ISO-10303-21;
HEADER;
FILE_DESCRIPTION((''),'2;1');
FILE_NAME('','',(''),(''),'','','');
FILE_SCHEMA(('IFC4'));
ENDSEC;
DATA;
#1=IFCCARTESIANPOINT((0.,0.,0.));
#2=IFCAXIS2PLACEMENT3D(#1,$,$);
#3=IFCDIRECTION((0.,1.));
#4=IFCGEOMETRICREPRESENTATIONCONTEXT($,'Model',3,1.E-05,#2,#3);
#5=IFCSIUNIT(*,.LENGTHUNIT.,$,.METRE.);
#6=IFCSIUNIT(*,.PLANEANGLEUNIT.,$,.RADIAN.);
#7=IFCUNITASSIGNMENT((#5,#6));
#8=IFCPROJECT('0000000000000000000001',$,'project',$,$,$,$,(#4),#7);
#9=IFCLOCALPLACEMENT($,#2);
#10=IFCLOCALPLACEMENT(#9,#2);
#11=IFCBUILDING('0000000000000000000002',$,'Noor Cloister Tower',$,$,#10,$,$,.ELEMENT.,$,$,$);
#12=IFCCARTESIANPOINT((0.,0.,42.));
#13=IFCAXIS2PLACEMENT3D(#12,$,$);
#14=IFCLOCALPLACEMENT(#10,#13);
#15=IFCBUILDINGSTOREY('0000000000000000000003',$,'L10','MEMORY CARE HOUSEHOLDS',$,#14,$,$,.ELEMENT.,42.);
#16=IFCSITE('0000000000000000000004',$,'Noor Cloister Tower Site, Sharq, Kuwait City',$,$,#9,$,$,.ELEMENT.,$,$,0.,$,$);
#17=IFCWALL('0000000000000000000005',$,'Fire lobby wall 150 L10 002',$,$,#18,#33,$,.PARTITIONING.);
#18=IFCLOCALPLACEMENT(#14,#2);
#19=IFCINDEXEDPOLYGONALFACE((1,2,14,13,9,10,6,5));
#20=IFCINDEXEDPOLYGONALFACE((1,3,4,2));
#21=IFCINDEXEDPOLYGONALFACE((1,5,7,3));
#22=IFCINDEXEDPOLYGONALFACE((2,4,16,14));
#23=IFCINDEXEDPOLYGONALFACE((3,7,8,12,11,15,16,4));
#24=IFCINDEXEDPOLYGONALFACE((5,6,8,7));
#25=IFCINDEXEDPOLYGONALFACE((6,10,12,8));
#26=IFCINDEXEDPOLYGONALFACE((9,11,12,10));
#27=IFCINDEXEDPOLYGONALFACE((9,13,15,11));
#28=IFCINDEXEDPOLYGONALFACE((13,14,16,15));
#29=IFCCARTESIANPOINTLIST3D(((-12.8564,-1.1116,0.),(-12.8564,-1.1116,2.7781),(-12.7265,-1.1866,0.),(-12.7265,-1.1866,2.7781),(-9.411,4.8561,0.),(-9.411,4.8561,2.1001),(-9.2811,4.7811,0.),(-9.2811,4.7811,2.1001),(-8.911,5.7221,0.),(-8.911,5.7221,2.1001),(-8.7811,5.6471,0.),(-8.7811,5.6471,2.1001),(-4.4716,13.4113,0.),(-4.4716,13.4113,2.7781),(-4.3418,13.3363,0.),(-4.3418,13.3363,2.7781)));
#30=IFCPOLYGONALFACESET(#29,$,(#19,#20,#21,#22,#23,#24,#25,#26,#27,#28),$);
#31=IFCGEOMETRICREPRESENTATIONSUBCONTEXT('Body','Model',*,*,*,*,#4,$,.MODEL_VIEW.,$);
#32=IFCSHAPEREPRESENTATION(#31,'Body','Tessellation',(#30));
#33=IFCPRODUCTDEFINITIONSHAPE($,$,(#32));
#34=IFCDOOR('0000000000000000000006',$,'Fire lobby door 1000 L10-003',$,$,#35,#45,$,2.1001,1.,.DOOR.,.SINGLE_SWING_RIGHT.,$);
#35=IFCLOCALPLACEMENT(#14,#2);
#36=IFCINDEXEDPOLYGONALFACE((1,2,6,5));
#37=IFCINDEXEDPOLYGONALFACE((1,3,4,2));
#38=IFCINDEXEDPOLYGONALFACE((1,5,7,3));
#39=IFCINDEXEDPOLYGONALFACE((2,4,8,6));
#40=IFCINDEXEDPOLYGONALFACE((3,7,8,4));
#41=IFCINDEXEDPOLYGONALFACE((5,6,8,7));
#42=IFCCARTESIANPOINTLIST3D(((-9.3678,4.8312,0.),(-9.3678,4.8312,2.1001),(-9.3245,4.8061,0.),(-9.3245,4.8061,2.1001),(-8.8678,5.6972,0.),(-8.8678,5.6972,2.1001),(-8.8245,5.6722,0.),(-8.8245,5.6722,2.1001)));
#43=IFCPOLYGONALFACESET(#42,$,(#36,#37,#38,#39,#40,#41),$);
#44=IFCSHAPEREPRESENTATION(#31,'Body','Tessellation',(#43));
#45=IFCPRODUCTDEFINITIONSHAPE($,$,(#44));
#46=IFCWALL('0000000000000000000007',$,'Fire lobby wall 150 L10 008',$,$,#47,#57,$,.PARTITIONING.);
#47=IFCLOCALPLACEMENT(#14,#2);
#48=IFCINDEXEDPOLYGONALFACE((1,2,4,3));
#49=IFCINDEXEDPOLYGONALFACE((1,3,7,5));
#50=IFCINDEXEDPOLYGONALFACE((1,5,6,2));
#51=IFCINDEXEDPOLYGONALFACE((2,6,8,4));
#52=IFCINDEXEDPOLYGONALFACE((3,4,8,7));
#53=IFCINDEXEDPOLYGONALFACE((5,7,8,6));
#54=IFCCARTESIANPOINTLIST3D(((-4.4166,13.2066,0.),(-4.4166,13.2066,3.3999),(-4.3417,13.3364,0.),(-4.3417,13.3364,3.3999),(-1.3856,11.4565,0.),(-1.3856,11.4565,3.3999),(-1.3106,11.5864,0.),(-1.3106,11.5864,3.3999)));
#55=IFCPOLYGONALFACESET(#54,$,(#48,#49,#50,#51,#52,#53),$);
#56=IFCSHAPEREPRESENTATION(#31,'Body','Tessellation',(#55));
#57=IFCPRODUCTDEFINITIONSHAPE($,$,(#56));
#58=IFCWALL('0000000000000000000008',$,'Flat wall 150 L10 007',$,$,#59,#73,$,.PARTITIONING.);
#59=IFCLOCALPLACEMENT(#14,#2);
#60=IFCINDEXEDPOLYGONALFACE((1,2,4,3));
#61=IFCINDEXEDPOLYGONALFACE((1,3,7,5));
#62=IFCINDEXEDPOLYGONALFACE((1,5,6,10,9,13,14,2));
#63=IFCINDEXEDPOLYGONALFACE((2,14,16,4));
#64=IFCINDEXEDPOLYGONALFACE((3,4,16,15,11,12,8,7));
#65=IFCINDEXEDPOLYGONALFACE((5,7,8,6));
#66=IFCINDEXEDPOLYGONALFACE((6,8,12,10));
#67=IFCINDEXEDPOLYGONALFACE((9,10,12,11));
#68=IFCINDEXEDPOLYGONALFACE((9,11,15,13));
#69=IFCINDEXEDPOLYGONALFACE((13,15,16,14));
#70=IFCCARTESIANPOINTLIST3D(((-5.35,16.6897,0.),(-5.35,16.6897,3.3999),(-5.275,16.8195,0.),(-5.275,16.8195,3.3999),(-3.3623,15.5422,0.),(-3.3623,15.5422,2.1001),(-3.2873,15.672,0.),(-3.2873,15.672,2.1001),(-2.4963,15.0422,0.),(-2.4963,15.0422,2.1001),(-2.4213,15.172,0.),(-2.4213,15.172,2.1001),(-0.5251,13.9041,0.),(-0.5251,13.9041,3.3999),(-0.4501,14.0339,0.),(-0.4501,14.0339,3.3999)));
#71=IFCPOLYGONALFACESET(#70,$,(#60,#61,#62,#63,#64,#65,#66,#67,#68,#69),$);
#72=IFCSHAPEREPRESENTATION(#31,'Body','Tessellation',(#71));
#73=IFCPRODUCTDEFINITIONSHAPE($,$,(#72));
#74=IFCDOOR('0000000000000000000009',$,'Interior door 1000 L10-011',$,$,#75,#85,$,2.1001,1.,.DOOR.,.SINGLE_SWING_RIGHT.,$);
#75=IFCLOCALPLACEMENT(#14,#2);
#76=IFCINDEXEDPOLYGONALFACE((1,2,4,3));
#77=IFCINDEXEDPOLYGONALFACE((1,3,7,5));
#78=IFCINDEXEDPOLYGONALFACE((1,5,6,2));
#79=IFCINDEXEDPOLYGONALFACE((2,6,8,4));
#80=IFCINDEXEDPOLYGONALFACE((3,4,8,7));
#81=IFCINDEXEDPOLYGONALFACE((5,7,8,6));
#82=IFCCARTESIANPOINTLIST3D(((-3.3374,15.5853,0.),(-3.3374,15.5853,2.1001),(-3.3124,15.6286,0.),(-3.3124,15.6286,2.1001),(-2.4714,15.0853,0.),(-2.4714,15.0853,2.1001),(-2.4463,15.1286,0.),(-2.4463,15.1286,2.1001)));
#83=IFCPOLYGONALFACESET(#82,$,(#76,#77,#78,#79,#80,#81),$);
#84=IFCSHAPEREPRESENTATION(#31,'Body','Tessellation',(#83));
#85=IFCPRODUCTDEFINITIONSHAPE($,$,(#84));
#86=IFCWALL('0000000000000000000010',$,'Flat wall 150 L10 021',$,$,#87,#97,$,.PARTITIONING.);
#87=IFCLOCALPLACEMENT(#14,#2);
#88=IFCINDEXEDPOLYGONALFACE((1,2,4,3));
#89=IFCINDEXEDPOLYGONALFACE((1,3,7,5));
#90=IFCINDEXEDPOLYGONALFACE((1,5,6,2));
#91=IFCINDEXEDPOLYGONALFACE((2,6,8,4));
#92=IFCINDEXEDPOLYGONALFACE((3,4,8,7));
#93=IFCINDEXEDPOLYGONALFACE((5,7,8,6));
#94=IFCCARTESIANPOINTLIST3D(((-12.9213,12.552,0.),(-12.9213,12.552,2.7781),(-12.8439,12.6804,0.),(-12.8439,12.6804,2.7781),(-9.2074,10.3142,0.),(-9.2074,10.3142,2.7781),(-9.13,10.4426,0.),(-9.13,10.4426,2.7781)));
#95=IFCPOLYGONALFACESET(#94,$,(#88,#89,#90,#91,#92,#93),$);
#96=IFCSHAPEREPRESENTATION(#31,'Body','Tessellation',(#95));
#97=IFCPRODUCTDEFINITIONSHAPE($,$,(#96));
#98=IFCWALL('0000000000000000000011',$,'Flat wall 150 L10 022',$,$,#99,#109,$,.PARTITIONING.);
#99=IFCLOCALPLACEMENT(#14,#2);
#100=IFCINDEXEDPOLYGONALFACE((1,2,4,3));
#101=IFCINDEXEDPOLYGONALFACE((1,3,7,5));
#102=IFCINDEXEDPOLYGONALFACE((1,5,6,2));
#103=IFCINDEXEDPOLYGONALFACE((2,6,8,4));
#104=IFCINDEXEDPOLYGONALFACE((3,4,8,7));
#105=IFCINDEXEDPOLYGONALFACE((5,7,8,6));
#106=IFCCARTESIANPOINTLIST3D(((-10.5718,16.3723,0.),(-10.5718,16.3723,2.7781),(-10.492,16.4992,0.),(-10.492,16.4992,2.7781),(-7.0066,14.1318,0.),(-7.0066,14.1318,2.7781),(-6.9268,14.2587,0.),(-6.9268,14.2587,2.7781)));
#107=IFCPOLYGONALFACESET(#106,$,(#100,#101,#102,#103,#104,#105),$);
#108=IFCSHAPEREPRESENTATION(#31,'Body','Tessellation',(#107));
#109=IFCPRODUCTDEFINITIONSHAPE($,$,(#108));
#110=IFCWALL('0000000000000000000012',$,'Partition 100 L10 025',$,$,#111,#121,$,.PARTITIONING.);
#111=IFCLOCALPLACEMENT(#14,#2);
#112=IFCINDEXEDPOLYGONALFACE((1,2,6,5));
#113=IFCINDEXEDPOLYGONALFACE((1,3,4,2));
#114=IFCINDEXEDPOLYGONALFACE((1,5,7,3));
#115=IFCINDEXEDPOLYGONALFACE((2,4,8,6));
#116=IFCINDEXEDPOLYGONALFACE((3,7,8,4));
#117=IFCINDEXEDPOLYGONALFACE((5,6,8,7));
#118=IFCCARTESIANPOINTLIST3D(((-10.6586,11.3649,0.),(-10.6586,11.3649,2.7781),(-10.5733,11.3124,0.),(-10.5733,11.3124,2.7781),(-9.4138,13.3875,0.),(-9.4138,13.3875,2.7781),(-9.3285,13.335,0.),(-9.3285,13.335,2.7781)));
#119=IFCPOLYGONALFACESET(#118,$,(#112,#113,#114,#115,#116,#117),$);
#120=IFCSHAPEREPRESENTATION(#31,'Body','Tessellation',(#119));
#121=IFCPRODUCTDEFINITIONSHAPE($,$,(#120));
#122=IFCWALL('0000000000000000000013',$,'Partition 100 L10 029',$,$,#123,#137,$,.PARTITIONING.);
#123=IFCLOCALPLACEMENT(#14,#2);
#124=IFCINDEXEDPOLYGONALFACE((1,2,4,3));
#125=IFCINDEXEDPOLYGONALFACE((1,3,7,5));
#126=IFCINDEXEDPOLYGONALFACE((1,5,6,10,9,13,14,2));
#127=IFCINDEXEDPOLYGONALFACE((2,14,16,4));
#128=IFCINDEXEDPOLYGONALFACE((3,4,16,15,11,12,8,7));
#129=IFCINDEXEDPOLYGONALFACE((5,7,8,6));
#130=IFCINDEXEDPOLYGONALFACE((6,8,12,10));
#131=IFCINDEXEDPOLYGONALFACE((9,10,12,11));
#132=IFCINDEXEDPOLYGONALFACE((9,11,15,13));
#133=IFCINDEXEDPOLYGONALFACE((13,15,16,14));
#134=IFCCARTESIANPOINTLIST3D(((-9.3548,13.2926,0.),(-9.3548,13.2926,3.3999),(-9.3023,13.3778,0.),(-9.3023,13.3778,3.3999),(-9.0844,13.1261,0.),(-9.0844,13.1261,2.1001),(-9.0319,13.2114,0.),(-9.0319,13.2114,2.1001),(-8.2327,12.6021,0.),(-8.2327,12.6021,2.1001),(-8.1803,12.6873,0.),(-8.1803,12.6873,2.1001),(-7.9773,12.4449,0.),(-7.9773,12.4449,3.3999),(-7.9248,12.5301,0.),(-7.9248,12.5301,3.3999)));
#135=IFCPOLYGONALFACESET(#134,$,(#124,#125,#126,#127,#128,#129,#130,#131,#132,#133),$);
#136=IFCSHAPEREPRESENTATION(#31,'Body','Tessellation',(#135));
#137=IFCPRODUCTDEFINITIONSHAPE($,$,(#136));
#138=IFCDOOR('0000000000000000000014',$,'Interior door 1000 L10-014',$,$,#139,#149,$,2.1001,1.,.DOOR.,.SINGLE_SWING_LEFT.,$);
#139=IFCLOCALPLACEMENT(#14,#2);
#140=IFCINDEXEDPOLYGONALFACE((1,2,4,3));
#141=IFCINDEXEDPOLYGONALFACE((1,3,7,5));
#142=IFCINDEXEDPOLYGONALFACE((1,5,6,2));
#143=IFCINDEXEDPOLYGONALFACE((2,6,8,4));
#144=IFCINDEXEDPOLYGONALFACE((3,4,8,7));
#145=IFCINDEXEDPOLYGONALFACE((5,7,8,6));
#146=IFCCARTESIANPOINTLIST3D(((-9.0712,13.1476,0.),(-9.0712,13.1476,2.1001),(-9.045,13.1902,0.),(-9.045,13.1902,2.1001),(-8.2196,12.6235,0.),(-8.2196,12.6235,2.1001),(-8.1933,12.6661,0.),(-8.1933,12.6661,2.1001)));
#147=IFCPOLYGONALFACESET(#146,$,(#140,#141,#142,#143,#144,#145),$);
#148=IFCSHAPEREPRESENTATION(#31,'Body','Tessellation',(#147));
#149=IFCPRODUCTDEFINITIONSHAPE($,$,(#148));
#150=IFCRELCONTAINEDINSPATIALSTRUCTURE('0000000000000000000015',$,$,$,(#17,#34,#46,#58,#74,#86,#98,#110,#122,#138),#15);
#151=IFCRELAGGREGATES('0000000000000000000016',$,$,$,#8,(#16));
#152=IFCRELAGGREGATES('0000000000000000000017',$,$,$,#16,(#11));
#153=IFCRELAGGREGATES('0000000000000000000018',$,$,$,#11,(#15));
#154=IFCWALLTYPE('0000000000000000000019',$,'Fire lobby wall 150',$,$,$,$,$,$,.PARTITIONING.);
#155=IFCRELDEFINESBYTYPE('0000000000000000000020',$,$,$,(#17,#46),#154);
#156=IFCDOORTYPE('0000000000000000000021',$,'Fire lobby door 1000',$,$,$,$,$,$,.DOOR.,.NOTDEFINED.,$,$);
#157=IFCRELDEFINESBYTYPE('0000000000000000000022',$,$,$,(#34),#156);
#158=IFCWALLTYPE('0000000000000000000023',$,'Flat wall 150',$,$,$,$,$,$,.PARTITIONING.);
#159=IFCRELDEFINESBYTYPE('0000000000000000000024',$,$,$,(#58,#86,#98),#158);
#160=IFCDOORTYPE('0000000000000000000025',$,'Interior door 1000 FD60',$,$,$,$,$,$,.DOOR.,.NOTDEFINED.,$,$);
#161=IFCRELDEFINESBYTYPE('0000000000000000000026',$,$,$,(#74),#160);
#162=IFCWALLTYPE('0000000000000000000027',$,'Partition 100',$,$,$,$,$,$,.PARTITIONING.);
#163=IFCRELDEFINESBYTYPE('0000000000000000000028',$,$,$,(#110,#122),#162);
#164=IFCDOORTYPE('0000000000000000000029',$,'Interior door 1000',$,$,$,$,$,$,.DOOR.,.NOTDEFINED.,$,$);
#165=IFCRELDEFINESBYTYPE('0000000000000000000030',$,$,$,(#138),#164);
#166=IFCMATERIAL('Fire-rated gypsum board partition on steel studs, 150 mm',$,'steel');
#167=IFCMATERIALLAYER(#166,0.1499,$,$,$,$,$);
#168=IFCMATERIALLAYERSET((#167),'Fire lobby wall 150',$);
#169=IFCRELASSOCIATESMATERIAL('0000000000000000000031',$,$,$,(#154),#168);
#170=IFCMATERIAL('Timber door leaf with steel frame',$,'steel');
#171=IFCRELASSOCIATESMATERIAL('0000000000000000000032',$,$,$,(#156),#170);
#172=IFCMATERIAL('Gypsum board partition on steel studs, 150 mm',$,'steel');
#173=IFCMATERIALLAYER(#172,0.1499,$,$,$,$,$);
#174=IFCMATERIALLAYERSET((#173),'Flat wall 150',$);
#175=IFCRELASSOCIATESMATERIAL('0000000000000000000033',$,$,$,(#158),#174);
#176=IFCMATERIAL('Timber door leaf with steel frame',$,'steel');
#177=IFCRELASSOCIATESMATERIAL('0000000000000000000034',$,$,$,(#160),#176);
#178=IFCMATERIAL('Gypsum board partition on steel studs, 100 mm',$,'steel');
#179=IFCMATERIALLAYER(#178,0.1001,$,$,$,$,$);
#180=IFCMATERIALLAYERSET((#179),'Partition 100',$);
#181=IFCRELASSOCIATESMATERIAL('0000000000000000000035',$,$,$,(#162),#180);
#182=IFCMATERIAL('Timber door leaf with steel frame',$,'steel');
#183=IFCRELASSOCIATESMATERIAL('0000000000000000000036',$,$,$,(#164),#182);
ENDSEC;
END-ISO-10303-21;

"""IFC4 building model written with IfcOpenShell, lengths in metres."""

from ifc_helpers import new_model, si_unit, direction, frame, frame_2d, origin, place, context, subcontext, project, spatial, rectangle, extrude, material, layer, layer_set, type_object, element, fill, save


model = new_model("IFC4")

# Units and contexts
model_context = context("Model", 3, precision=1e-05, world=origin(), true_north=direction((0.0, 1.0)))
body_context = subcontext(model_context, "Body", "Model", "MODEL_VIEW")
ifc_project = project(units=[si_unit("LENGTHUNIT", "METRE"), si_unit("PLANEANGLEUNIT", "RADIAN")], contexts=[model_context])

# Site, building, storey
site_placement = place(None, origin())
site = spatial("IfcSite", under=ifc_project, at=site_placement, Name="Noor Cloister Tower Site, Sharq, Kuwait City", CompositionType="ELEMENT", RefElevation=0.0)
building_placement = place(site_placement, origin())
building = spatial("IfcBuilding", under=site, at=building_placement, Name="Noor Cloister Tower", CompositionType="ELEMENT")
storey_placement = place(building_placement, frame((0.0, 0.0, 42.0)))
storey = spatial("IfcBuildingStorey", under=building, at=storey_placement, Name="L10", Description="MEMORY CARE HOUSEHOLDS", CompositionType="ELEMENT", Elevation=42.0)

# Wall, opening, door
ifc_material_1 = material(Name="Fire-rated gypsum board partition on steel studs, 150 mm", Category="steel")
ifc_layer_1 = layer(ifc_material_1, 0.1499)
ifc_layer_set_1 = layer_set([ifc_layer_1], Name="Fire lobby wall 150")
wall_type_1 = type_object("IfcWallType", Name="Fire lobby wall 150", PredefinedType="PARTITIONING", material=ifc_layer_set_1)
wall_1_placement = place(storey_placement, frame((-4.4067, 13.3738, 0.0), z_axis=(0.0, 0.0, 1.0), x_axis=(-0.499997, -0.866027, 0.0)))
wall_1 = element("IfcWall", 1, at=wall_1_placement, inside=storey, type_object=wall_type_1, Name="Fire lobby wall 150 L10 002", PredefinedType="PARTITIONING", context=body_context, shape_type="SweptSolid", body=[
    extrude(rectangle(XDim=16.7695, YDim=0.1499, at=frame_2d((8.3848, 0.0))), origin(), (0.0, 0.0, 1.0), 2.7781),
])
opening_1_placement = place(wall_1_placement, frame((8.8787, 0.0, 0.0)))
opening_1 = element("IfcOpeningElement", 2, at=opening_1_placement, cuts=wall_1, PredefinedType="OPENING", context=body_context, shape_type="SweptSolid", body=[
    extrude(rectangle(XDim=1.0, YDim=2.1001, at=frame_2d((0.5, 1.05))), frame((0.0, 0.085, 0.0), z_axis=(0.0, -1.0, 0.0), x_axis=(1.0, 0.0, 0.0)), (0.0, 0.0, 1.0), 0.1699),
])
ifc_material_2 = material(Name="Timber door leaf with steel frame", Category="steel")
door_type_1 = type_object("IfcDoorType", Name="Fire lobby door 1000", OperationType="NOTDEFINED", PredefinedType="DOOR", material=ifc_material_2)
door_1_placement = place(opening_1_placement, origin())
door_1 = element("IfcDoor", 3, at=door_1_placement, inside=storey, type_object=door_type_1, Name="Fire lobby door 1000 L10-003", OperationType="SINGLE_SWING_RIGHT", OverallHeight=2.1001, OverallWidth=1.0, PredefinedType="DOOR", context=body_context, shape_type="SweptSolid", body=[
    extrude(rectangle(XDim=1.0, YDim=2.1001, at=frame_2d((0.5, 1.05))), frame((0.0, 0.0249, 0.0), z_axis=(0.0, -1.0, 0.0), x_axis=(1.0, 0.0, 0.0)), (0.0, 0.0, 1.0), 0.05),
])
fill(opening_1, door_1)

# Wall
wall_2_placement = place(storey_placement, frame((-4.3792, 13.2715, 0.0), z_axis=(0.0, 0.0, 1.0), x_axis=(0.866019, -0.50001, 0.0)))
element("IfcWall", 4, at=wall_2_placement, inside=storey, type_object=wall_type_1, Name="Fire lobby wall 150 L10 008", PredefinedType="PARTITIONING", context=body_context, shape_type="SweptSolid", body=[
    extrude(rectangle(XDim=3.5, YDim=0.1499, at=frame_2d((1.75, 0.0))), origin(), (0.0, 0.0, 1.0), 3.3999),
])

# Wall, opening, door
ifc_material_3 = material(Name="Gypsum board partition on steel studs, 150 mm", Category="steel")
ifc_layer_2 = layer(ifc_material_3, 0.1499)
ifc_layer_set_2 = layer_set([ifc_layer_2], Name="Flat wall 150")
wall_type_2 = type_object("IfcWallType", Name="Flat wall 150", PredefinedType="PARTITIONING", material=ifc_layer_set_2)
wall_3_placement = place(storey_placement, frame((-5.3125, 16.7546, 0.0), z_axis=(0.0, 0.0, 1.0), x_axis=(0.866029, -0.499994, 0.0)))
wall_3 = element("IfcWall", 5, at=wall_3_placement, inside=storey, type_object=wall_type_2, Name="Flat wall 150 L10 007", PredefinedType="PARTITIONING", context=body_context, shape_type="SweptSolid", body=[
    extrude(rectangle(XDim=5.5713, YDim=0.1499, at=frame_2d((2.7856, 0.0))), origin(), (0.0, 0.0, 1.0), 3.3999),
])
opening_2_placement = place(wall_3_placement, frame((2.2952, 0.0, 0.0)))
opening_2 = element("IfcOpeningElement", 6, at=opening_2_placement, cuts=wall_3, PredefinedType="OPENING", context=body_context, shape_type="SweptSolid", body=[
    extrude(rectangle(XDim=1.0, YDim=2.1001, at=frame_2d((0.5, 1.05))), frame((0.0, 0.085, 0.0), z_axis=(0.0, -1.0, 0.0), x_axis=(1.0, 0.0, 0.0)), (0.0, 0.0, 1.0), 0.1699),
])
ifc_material_4 = material(Name="Timber door leaf with steel frame", Category="steel")
door_type_2 = type_object("IfcDoorType", Name="Interior door 1000 FD60", OperationType="NOTDEFINED", PredefinedType="DOOR", material=ifc_material_4)
door_2_placement = place(opening_2_placement, origin())
door_2 = element("IfcDoor", 7, at=door_2_placement, inside=storey, type_object=door_type_2, Name="Interior door 1000 L10-011", OperationType="SINGLE_SWING_RIGHT", OverallHeight=2.1001, OverallWidth=1.0, PredefinedType="DOOR", context=body_context, shape_type="SweptSolid", body=[
    extrude(rectangle(XDim=1.0, YDim=2.1001, at=frame_2d((0.5, 1.05))), frame((0.0, 0.0249, 0.0), z_axis=(0.0, -1.0, 0.0), x_axis=(1.0, 0.0, 0.0)), (0.0, 0.0, 1.0), 0.05),
])
fill(opening_2, door_2)

# Walls
wall_4_placement = place(storey_placement, frame((-12.8826, 12.6162, 0.0), z_axis=(0.0, 0.0, 1.0), x_axis=(0.856528, -0.516101, 0.0)))
element("IfcWall", 8, at=wall_4_placement, inside=storey, type_object=wall_type_2, Name="Flat wall 150 L10 021", PredefinedType="PARTITIONING", context=body_context, shape_type="SweptSolid", body=[
    extrude(rectangle(XDim=4.3359, YDim=0.1499, at=frame_2d((2.168, 0.0))), origin(), (0.0, 0.0, 1.0), 2.7781),
])
wall_5_placement = place(storey_placement, frame((-10.532, 16.4358, 0.0), z_axis=(0.0, 0.0, 1.0), x_axis=(0.84669, -0.532087, 0.0)))
element("IfcWall", 9, at=wall_5_placement, inside=storey, type_object=wall_type_2, Name="Flat wall 150 L10 022", PredefinedType="PARTITIONING", context=body_context, shape_type="SweptSolid", body=[
    extrude(rectangle(XDim=4.2107, YDim=0.1499, at=frame_2d((2.1055, 0.0))), origin(), (0.0, 0.0, 1.0), 2.7781),
])
ifc_material_5 = material(Name="Gypsum board partition on steel studs, 100 mm", Category="steel")
ifc_layer_3 = layer(ifc_material_5, 0.1001)
ifc_layer_set_3 = layer_set([ifc_layer_3], Name="Partition 100")
wall_type_3 = type_object("IfcWallType", Name="Partition 100", PredefinedType="PARTITIONING", material=ifc_layer_set_3)
wall_6_placement = place(storey_placement, frame((-10.616, 11.3386, 0.0), z_axis=(0.0, 0.0, 1.0), x_axis=(0.524138, 0.851634, 0.0)))
element("IfcWall", 10, at=wall_6_placement, inside=storey, type_object=wall_type_3, Name="Partition 100 L10 025", PredefinedType="PARTITIONING", context=body_context, shape_type="SweptSolid", body=[
    extrude(rectangle(XDim=2.375, YDim=0.1001, at=frame_2d((1.1875, 0.0))), origin(), (0.0, 0.0, 1.0), 2.7781),
])

# Wall, opening, door
wall_7_placement = place(storey_placement, frame((-7.9512, 12.4875, 0.0), z_axis=(0.0, 0.0, 1.0), x_axis=(-0.851658, 0.524097, 0.0)))
wall_7 = element("IfcWall", 11, at=wall_7_placement, inside=storey, type_object=wall_type_3, Name="Partition 100 L10 029", PredefinedType="PARTITIONING", context=body_context, shape_type="SweptSolid", body=[
    extrude(rectangle(XDim=1.6174, YDim=0.1001, at=frame_2d((0.8086, 0.0))), origin(), (0.0, 0.0, 1.0), 3.3999),
])
opening_3_placement = place(wall_7_placement, frame((0.2998, 0.0, 0.0)))
opening_3 = element("IfcOpeningElement", 12, at=opening_3_placement, cuts=wall_7, PredefinedType="OPENING", context=body_context, shape_type="SweptSolid", body=[
    extrude(rectangle(XDim=1.0, YDim=2.1001, at=frame_2d((0.5, 1.05))), frame((0.0, 0.0601, 0.0), z_axis=(0.0, -1.0, 0.0), x_axis=(1.0, 0.0, 0.0)), (0.0, 0.0, 1.0), 0.1201),
])
ifc_material_6 = material(Name="Timber door leaf with steel frame", Category="steel")
door_type_3 = type_object("IfcDoorType", Name="Interior door 1000", OperationType="NOTDEFINED", PredefinedType="DOOR", material=ifc_material_6)
door_3_placement = place(opening_3_placement, origin())
door_3 = element("IfcDoor", 13, at=door_3_placement, inside=storey, type_object=door_type_3, Name="Interior door 1000 L10-014", OperationType="SINGLE_SWING_LEFT", OverallHeight=2.1001, OverallWidth=1.0, PredefinedType="DOOR", context=body_context, shape_type="SweptSolid", body=[
    extrude(rectangle(XDim=1.0, YDim=2.1001, at=frame_2d((0.5, 1.05))), frame((0.0, 0.0249, 0.0), z_axis=(0.0, -1.0, 0.0), x_axis=(1.0, 0.0, 0.0)), (0.0, 0.0, 1.0), 0.05),
])
fill(opening_3, door_3)

save(model, "model.ifc")
